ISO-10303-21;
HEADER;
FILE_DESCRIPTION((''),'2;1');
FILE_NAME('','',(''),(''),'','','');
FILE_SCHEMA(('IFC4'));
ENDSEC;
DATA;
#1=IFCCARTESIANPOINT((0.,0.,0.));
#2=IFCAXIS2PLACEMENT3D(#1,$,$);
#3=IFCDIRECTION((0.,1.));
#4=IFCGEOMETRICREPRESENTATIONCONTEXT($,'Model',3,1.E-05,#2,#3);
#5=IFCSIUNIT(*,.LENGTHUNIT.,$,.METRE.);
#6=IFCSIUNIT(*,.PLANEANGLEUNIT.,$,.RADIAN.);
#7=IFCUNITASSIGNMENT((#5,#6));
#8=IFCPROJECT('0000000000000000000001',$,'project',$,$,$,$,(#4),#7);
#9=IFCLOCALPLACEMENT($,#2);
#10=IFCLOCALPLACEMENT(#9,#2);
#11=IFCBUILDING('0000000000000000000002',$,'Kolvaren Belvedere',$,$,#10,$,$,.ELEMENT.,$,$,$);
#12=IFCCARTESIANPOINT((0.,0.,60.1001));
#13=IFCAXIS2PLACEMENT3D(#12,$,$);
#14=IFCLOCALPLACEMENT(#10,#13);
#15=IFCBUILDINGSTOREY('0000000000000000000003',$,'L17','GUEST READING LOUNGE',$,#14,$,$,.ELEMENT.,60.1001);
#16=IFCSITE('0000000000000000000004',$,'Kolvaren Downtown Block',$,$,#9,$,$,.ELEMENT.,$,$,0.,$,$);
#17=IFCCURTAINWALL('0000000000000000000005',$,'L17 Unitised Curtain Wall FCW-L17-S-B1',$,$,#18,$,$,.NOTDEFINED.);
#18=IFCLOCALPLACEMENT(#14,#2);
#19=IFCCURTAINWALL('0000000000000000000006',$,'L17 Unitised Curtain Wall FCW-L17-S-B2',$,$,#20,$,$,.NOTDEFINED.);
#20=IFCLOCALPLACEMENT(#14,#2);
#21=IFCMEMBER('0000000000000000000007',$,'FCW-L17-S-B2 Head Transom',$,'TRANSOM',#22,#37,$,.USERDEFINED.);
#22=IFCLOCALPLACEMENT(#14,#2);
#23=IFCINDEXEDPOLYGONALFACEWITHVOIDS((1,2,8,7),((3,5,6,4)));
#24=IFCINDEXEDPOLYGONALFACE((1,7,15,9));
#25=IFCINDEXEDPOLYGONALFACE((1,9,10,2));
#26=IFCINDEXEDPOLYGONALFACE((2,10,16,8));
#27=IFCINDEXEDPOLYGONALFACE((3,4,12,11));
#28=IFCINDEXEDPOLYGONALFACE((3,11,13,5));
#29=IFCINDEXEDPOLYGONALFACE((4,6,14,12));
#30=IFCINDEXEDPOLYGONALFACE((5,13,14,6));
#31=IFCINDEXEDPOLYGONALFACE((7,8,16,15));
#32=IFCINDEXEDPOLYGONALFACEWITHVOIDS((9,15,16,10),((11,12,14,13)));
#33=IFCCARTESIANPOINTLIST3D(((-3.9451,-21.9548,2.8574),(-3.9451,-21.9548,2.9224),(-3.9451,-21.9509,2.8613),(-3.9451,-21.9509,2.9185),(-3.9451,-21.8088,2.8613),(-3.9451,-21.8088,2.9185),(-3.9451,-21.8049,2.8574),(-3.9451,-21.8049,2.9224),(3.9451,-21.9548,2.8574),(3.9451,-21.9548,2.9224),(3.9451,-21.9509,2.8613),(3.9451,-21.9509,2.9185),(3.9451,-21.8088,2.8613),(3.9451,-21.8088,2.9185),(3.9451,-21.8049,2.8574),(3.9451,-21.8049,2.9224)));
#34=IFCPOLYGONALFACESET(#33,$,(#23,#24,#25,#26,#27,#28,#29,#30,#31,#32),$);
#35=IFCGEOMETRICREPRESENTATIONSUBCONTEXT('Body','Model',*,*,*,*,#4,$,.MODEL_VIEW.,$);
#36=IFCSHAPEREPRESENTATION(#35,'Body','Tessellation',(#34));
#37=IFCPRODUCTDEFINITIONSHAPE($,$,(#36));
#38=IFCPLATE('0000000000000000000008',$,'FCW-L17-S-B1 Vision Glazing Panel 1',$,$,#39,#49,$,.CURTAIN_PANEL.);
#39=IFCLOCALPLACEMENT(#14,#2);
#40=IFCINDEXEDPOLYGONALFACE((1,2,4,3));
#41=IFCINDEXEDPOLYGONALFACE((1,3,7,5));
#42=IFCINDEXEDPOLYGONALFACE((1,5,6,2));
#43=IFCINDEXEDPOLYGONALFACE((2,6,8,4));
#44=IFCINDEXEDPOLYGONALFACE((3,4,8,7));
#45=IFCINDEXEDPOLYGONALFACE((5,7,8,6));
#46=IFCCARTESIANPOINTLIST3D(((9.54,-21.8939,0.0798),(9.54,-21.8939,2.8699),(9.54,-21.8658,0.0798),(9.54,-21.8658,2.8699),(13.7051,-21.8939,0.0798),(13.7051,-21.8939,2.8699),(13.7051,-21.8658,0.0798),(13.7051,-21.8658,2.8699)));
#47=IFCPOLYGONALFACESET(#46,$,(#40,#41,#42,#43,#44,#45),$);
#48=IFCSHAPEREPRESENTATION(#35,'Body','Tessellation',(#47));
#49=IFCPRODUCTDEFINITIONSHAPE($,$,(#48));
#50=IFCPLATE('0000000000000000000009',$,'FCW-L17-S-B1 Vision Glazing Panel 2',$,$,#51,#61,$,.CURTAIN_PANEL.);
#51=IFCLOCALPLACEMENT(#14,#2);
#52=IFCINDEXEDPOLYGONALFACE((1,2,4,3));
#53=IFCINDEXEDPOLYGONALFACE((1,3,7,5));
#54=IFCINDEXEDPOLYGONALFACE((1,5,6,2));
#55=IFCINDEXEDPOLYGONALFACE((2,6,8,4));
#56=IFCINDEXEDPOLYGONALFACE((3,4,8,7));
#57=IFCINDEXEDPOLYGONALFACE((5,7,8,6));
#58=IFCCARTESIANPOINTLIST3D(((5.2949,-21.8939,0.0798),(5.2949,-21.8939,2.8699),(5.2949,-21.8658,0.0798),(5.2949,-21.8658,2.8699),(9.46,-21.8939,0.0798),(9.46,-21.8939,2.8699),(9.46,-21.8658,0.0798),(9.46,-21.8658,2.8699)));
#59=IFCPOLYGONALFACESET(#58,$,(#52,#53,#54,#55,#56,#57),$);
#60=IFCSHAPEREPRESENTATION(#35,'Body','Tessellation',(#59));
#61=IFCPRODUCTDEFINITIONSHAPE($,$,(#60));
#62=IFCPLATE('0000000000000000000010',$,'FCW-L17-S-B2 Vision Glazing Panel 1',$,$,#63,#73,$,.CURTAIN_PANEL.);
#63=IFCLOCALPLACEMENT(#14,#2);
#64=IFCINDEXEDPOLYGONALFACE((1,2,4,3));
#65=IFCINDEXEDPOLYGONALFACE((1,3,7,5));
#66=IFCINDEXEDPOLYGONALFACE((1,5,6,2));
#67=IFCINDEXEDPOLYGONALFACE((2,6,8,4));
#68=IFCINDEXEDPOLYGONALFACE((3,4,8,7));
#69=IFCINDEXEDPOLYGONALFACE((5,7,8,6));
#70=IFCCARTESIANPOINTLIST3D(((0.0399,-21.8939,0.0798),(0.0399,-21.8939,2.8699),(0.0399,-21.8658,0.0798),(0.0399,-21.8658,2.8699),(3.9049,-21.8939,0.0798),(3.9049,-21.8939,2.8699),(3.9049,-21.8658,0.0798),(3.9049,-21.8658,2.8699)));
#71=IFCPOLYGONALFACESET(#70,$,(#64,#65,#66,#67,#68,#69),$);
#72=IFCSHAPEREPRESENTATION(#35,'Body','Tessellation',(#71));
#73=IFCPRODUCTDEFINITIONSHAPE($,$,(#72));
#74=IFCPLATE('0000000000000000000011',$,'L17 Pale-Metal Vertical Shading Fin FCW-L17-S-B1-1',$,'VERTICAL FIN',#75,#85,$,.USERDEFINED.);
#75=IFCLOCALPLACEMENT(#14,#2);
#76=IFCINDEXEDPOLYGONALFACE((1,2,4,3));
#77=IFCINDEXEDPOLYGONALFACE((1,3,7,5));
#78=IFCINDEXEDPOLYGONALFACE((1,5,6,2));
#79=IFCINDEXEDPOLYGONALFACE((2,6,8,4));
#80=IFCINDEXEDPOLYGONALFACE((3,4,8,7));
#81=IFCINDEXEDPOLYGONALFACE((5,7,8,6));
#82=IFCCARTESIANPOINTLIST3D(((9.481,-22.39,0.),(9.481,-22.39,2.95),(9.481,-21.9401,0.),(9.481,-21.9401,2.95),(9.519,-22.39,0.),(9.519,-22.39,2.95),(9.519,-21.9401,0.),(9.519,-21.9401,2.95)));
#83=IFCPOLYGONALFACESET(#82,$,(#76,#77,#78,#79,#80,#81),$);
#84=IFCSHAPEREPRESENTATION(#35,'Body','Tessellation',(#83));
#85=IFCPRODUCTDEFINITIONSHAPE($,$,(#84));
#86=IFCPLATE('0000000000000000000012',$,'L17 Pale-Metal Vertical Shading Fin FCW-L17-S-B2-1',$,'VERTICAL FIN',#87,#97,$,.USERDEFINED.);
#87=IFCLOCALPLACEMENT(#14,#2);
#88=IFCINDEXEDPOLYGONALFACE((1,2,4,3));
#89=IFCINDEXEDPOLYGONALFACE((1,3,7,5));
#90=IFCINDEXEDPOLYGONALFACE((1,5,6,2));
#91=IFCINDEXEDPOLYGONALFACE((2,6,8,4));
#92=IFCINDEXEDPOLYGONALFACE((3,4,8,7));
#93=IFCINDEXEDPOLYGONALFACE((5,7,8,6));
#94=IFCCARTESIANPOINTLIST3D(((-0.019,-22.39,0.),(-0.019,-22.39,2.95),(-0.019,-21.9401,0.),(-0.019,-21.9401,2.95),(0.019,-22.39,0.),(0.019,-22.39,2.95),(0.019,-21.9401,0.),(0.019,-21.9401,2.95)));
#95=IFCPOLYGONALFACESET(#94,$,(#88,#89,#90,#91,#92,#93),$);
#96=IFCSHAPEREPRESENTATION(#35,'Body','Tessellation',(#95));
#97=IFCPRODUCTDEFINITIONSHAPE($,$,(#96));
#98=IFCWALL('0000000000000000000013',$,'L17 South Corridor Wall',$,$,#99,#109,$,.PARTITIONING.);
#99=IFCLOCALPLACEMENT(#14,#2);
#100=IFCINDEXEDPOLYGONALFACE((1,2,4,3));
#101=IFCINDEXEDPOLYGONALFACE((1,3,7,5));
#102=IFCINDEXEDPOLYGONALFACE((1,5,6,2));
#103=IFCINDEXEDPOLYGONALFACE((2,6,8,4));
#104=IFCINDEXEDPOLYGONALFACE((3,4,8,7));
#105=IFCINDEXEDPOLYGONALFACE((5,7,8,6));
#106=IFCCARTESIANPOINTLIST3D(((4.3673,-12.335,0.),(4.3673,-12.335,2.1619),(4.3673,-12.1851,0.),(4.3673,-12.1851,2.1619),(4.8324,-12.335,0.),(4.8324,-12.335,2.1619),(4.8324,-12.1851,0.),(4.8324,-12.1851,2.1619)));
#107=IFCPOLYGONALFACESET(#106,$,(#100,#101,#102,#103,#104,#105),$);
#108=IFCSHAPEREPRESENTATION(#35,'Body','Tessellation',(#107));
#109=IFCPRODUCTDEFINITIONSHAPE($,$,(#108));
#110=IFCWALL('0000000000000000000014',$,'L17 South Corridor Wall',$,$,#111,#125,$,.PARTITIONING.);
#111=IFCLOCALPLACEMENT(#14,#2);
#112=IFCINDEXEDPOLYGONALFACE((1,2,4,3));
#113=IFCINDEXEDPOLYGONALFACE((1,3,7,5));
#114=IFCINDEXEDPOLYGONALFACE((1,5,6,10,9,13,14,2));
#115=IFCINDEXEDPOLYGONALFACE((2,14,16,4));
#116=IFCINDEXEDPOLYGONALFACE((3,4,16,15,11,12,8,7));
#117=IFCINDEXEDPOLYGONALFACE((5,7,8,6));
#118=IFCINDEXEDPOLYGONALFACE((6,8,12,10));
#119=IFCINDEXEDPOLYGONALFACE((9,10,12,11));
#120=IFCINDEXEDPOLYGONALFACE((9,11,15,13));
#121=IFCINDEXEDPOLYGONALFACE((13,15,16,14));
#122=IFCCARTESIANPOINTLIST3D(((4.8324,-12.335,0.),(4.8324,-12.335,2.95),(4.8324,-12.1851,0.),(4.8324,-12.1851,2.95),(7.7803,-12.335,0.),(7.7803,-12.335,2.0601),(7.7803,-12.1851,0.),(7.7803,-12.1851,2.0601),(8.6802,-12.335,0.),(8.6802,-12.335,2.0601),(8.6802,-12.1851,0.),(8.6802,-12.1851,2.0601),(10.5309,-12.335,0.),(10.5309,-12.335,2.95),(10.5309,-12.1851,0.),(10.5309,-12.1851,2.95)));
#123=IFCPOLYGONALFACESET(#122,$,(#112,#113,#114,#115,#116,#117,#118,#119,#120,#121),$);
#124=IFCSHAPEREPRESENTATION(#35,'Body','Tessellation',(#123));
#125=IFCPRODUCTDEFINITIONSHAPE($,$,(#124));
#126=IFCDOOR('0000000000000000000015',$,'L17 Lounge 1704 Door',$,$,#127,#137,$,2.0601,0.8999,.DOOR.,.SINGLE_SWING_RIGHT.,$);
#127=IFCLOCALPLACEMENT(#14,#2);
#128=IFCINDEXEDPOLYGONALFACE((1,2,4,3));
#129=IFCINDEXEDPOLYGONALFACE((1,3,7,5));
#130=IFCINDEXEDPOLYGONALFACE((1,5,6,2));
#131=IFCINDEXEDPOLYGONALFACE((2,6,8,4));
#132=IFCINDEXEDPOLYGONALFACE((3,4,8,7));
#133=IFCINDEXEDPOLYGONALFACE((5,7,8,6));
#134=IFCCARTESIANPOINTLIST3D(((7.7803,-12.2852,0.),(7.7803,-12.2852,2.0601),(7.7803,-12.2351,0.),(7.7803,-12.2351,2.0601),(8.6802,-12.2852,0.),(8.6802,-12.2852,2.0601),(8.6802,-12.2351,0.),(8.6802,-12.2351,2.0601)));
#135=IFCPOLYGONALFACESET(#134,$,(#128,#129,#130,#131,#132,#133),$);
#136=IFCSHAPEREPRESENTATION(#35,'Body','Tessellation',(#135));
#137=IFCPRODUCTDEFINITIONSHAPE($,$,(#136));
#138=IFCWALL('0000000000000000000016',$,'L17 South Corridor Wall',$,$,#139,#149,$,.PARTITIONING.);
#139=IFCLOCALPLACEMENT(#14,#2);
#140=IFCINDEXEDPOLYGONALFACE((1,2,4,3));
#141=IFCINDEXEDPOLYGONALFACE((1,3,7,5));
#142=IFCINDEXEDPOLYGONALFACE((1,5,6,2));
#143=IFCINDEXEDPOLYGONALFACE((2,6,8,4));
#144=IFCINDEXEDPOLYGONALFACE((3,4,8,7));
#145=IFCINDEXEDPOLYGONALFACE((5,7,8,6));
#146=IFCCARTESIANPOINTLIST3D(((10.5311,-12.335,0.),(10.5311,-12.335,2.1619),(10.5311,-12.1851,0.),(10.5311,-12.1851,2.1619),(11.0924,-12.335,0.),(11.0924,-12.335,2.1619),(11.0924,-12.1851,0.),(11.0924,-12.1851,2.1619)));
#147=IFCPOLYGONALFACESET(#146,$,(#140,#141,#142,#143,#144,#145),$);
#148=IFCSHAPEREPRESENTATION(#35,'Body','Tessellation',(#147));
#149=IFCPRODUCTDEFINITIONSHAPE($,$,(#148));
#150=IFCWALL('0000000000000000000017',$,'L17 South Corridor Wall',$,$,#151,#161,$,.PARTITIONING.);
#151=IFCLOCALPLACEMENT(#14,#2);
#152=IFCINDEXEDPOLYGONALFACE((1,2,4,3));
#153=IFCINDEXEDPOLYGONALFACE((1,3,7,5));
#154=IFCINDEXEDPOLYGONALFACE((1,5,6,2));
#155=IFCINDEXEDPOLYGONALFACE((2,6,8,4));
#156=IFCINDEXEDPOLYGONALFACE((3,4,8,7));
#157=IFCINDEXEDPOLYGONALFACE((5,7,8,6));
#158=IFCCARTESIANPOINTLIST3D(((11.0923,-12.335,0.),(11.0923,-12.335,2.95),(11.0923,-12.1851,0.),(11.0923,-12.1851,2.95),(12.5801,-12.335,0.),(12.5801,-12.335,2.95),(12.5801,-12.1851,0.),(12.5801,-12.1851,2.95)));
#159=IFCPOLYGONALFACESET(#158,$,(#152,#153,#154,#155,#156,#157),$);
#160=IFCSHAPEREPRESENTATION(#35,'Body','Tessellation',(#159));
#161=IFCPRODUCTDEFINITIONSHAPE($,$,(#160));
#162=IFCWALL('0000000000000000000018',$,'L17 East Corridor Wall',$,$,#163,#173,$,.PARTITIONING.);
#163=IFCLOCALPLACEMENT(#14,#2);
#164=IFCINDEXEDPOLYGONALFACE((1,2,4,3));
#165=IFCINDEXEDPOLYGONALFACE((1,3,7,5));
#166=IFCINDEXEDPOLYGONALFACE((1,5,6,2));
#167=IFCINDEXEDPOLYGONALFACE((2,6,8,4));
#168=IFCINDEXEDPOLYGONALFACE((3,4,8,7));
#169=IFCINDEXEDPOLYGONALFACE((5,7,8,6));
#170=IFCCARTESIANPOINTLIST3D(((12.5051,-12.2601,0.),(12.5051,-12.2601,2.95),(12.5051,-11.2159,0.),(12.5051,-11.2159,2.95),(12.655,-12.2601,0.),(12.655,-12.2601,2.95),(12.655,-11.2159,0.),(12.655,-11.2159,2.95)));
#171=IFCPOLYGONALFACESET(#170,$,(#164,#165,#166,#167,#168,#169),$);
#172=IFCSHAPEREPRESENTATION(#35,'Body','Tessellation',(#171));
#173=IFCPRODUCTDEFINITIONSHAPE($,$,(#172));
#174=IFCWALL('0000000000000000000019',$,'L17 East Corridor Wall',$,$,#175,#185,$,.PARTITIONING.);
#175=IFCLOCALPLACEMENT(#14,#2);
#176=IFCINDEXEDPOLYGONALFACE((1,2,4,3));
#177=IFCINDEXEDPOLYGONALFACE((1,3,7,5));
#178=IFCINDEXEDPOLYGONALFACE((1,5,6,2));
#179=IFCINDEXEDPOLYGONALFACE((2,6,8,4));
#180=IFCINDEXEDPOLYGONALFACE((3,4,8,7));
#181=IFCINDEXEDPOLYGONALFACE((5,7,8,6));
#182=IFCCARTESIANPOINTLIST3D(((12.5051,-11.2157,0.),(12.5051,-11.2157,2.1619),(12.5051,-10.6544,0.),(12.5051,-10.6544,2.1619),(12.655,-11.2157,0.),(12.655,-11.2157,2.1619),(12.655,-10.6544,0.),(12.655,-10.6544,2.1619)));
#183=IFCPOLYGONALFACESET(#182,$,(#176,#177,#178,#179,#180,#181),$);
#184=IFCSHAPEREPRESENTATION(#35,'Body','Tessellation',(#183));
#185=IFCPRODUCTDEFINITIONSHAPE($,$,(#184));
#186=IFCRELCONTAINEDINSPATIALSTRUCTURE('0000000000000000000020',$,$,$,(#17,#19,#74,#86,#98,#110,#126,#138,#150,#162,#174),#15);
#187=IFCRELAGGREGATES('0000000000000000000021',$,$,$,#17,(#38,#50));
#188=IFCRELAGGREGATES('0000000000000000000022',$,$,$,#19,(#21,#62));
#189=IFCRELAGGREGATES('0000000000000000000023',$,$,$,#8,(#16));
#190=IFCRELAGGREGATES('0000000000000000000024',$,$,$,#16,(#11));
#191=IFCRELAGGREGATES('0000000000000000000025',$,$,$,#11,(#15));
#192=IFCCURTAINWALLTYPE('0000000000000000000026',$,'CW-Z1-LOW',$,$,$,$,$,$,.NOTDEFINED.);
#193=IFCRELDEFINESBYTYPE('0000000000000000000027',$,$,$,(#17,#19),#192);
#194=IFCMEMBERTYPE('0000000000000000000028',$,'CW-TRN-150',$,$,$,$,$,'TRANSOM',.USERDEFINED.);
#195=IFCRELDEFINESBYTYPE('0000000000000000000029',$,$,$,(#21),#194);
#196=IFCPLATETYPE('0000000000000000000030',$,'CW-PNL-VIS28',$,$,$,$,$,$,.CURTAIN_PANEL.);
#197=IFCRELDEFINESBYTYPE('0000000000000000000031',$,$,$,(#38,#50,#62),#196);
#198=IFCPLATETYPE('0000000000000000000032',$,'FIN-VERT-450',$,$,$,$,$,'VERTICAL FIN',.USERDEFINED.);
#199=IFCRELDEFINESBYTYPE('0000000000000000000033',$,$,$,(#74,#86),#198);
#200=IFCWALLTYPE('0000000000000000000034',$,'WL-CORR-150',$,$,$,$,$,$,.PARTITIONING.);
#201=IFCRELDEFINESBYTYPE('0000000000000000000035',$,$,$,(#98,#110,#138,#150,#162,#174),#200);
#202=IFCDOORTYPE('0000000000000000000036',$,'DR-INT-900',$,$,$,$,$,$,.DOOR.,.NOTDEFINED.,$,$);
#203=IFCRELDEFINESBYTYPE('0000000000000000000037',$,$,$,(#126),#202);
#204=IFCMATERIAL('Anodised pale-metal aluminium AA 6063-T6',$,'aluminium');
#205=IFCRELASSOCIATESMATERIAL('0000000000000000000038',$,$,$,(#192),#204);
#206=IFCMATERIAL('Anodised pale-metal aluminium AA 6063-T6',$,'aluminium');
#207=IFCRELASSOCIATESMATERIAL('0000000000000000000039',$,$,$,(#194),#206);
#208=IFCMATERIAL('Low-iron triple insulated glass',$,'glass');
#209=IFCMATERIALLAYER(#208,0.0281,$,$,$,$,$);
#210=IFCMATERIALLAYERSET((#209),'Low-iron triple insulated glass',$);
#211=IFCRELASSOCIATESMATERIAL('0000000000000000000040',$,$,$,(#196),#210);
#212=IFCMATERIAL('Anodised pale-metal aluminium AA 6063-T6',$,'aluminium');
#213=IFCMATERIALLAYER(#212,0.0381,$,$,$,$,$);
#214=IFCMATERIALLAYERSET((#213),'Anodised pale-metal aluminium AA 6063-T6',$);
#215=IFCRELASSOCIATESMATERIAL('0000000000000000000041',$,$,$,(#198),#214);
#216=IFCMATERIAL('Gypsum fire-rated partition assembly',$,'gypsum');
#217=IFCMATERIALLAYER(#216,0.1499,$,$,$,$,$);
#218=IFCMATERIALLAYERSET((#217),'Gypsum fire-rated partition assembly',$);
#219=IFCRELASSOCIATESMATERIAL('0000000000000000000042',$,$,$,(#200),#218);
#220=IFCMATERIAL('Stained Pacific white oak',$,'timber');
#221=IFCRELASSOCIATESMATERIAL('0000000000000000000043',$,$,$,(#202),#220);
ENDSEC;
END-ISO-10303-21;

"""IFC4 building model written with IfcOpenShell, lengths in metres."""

from ifc_helpers import new_model, si_unit, direction, frame, frame_2d, origin, origin_2d, place, context, subcontext, project, spatial, rectangle, hollow_rectangle, extrude, material, layer, layer_set, material_profile, profile_set, type_object, element, fill, aggregate, save


model = new_model("IFC4")

# Units and contexts
model_context = context("Model", 3, precision=1e-05, world=origin(), true_north=direction((0.0, 1.0)))
body_context = subcontext(model_context, "Body", "Model", "MODEL_VIEW")
ifc_project = project(units=[si_unit("LENGTHUNIT", "METRE"), si_unit("PLANEANGLEUNIT", "RADIAN")], contexts=[model_context])

# Site, building, storey
site_placement = place(None, origin())
site = spatial("IfcSite", under=ifc_project, at=site_placement, Name="Kolvaren Downtown Block", CompositionType="ELEMENT", RefElevation=0.0)
building_placement = place(site_placement, origin())
building = spatial("IfcBuilding", under=site, at=building_placement, Name="Kolvaren Belvedere", CompositionType="ELEMENT")
storey_placement = place(building_placement, frame((0.0, 0.0, 60.1001)))
storey = spatial("IfcBuildingStorey", under=building, at=storey_placement, Name="L17", Description="GUEST READING LOUNGE", CompositionType="ELEMENT", Elevation=60.1001)

# Curtain walls, member
ifc_material_1 = material(Name="Anodised pale-metal aluminium AA 6063-T6", Category="aluminium")
curtain_wall_type = type_object("IfcCurtainWallType", Name="CW-Z1-LOW", PredefinedType="NOTDEFINED", material=ifc_material_1)
curtain_wall_1_placement = place(storey_placement, origin())
curtain_wall_1 = element("IfcCurtainWall", 1, at=curtain_wall_1_placement, inside=storey, type_object=curtain_wall_type, Name="L17 Unitised Curtain Wall FCW-L17-S-B1", PredefinedType="NOTDEFINED")
curtain_wall_2_placement = place(storey_placement, origin())
curtain_wall_2 = element("IfcCurtainWall", 2, at=curtain_wall_2_placement, inside=storey, type_object=curtain_wall_type, Name="L17 Unitised Curtain Wall FCW-L17-S-B2", PredefinedType="NOTDEFINED")
ifc_material_2 = material(Name="Anodised pale-metal aluminium AA 6063-T6", Category="aluminium")
ifc_material_profile_1 = material_profile(ifc_material_2, hollow_rectangle(XDim=0.0649, YDim=0.1499, WallThickness=0.0039, at=origin_2d()), Name="ALU-TRN-150X65")
ifc_profile_set_1 = profile_set([ifc_material_profile_1], Name="Anodised pale-metal aluminium AA 6063-T6")
member_type_1 = type_object("IfcMemberType", Name="CW-TRN-150", ElementType="TRANSOM", PredefinedType="USERDEFINED", material=ifc_profile_set_1)
member_1_placement = place(storey_placement, frame((3.9451, -21.8799, 2.8899), z_axis=(-1.0, 0.0, 0.0), x_axis=(0.0, 0.0, 1.0)))
member_1 = element("IfcMember", 3, at=member_1_placement, type_object=member_type_1, Name="FCW-L17-S-B2 Head Transom", ObjectType="TRANSOM", PredefinedType="USERDEFINED", context=body_context, shape_type="SweptSolid", body=[
    extrude(hollow_rectangle(XDim=0.0649, YDim=0.1499, WallThickness=0.0039, at=origin_2d()), origin(), (0.0, 0.0, 1.0), 7.8901),
])

# Plates
ifc_material_3 = material(Name="Low-iron triple insulated glass", Category="glass")
ifc_layer_1 = layer(ifc_material_3, 0.0281)
ifc_layer_set_1 = layer_set([ifc_layer_1], Name="Low-iron triple insulated glass")
plate_type_1 = type_object("IfcPlateType", Name="CW-PNL-VIS28", PredefinedType="CURTAIN_PANEL", material=ifc_layer_set_1)
plate_1_placement = place(storey_placement, frame((11.6226, -21.8799, 0.0798), z_axis=(0.0, 0.0, 1.0), x_axis=(-1.0, 0.0, 0.0)))
plate_1 = element("IfcPlate", 4, at=plate_1_placement, type_object=plate_type_1, Name="FCW-L17-S-B1 Vision Glazing Panel 1", PredefinedType="CURTAIN_PANEL", context=body_context, shape_type="SweptSolid", body=[
    extrude(rectangle(XDim=4.165, YDim=0.0281, at=origin_2d()), origin(), (0.0, 0.0, 1.0), 2.79),
])
plate_2_placement = place(storey_placement, frame((7.3774, -21.8799, 0.0798), z_axis=(0.0, 0.0, 1.0), x_axis=(-1.0, 0.0, 0.0)))
plate_2 = element("IfcPlate", 5, at=plate_2_placement, type_object=plate_type_1, Name="FCW-L17-S-B1 Vision Glazing Panel 2", PredefinedType="CURTAIN_PANEL", context=body_context, shape_type="SweptSolid", body=[
    extrude(rectangle(XDim=4.165, YDim=0.0281, at=origin_2d()), origin(), (0.0, 0.0, 1.0), 2.79),
])
aggregate(curtain_wall_1, [plate_1, plate_2])
plate_3_placement = place(storey_placement, frame((1.9724, -21.8799, 0.0798), z_axis=(0.0, 0.0, 1.0), x_axis=(-1.0, 0.0, 0.0)))
plate_3 = element("IfcPlate", 6, at=plate_3_placement, type_object=plate_type_1, Name="FCW-L17-S-B2 Vision Glazing Panel 1", PredefinedType="CURTAIN_PANEL", context=body_context, shape_type="SweptSolid", body=[
    extrude(rectangle(XDim=3.865, YDim=0.0281, at=origin_2d()), origin(), (0.0, 0.0, 1.0), 2.79),
])
aggregate(curtain_wall_2, [member_1, plate_3])

# Plates
ifc_material_4 = material(Name="Anodised pale-metal aluminium AA 6063-T6", Category="aluminium")
ifc_layer_2 = layer(ifc_material_4, 0.0381)
ifc_layer_set_2 = layer_set([ifc_layer_2], Name="Anodised pale-metal aluminium AA 6063-T6")
plate_type_2 = type_object("IfcPlateType", Name="FIN-VERT-450", ElementType="VERTICAL FIN", PredefinedType="USERDEFINED", material=ifc_layer_set_2)
for number, where, z_axis, x_axis, name in (
    (7, (9.5, -22.165, 0.0), (0.0, 0.0, 1.0), (0.0, 1.0, 0.0), "L17 Pale-Metal Vertical Shading Fin FCW-L17-S-B1-1"),
    (8, (0.0, -22.165, 0.0), (0.0, 0.0, 1.0), (0.0, 1.0, 0.0), "L17 Pale-Metal Vertical Shading Fin FCW-L17-S-B2-1"),
):
    element("IfcPlate", number, at=place(storey_placement, frame(where, z_axis=z_axis, x_axis=x_axis)), inside=storey, type_object=plate_type_2, Name=name, ObjectType="VERTICAL FIN", PredefinedType="USERDEFINED", context=body_context, shape_type="SweptSolid", body=[
        extrude(rectangle(XDim=0.45, YDim=0.0381, at=origin_2d()), origin(), (0.0, 0.0, 1.0), 2.95),
    ])

# Wall
ifc_material_5 = material(Name="Gypsum fire-rated partition assembly", Category="gypsum")
ifc_layer_3 = layer(ifc_material_5, 0.1499)
ifc_layer_set_3 = layer_set([ifc_layer_3], Name="Gypsum fire-rated partition assembly")
wall_type_1 = type_object("IfcWallType", Name="WL-CORR-150", PredefinedType="PARTITIONING", material=ifc_layer_set_3)
wall_1_placement = place(storey_placement, frame((4.3674, -12.26, 0.0), z_axis=(0.0, 0.0, 1.0), x_axis=(1.0, 0.0, 0.0)))
element("IfcWall", 9, at=wall_1_placement, inside=storey, type_object=wall_type_1, Name="L17 South Corridor Wall", PredefinedType="PARTITIONING", context=body_context, shape_type="SweptSolid", body=[
    extrude(rectangle(XDim=0.4651, YDim=0.1499, at=frame_2d((0.2324, 0.0))), origin(), (0.0, 0.0, 1.0), 2.1619),
])

# Wall, opening, door
wall_2_placement = place(storey_placement, frame((4.8325, -12.26, 0.0), z_axis=(0.0, 0.0, 1.0), x_axis=(1.0, 0.0, 0.0)))
wall_2 = element("IfcWall", 10, at=wall_2_placement, inside=storey, type_object=wall_type_1, Name="L17 South Corridor Wall", PredefinedType="PARTITIONING", context=body_context, shape_type="SweptSolid", body=[
    extrude(rectangle(XDim=5.6985, YDim=0.1499, at=frame_2d((2.8491, 0.0))), origin(), (0.0, 0.0, 1.0), 2.95),
])
opening_placement = place(wall_2_placement, frame((2.9478, 0.0, 0.0)))
opening = element("IfcOpeningElement", 11, at=opening_placement, cuts=wall_2, PredefinedType="OPENING", context=body_context, shape_type="SweptSolid", body=[
    extrude(rectangle(XDim=0.8999, YDim=2.0601, at=frame_2d((0.45, 1.03))), frame((0.0, 0.085, 0.0), z_axis=(0.0, -1.0, 0.0), x_axis=(1.0, 0.0, 0.0)), (0.0, 0.0, 1.0), 0.1699),
])
ifc_material_6 = material(Name="Stained Pacific white oak", Category="timber")
door_type = type_object("IfcDoorType", Name="DR-INT-900", OperationType="NOTDEFINED", PredefinedType="DOOR", material=ifc_material_6)
door_placement = place(opening_placement, origin())
door = element("IfcDoor", 12, at=door_placement, inside=storey, type_object=door_type, Name="L17 Lounge 1704 Door", OperationType="SINGLE_SWING_RIGHT", OverallHeight=2.0601, OverallWidth=0.8999, PredefinedType="DOOR", context=body_context, shape_type="SweptSolid", body=[
    extrude(rectangle(XDim=0.8999, YDim=2.0601, at=frame_2d((0.45, 1.03))), frame((0.0, 0.0249, 0.0), z_axis=(0.0, -1.0, 0.0), x_axis=(1.0, 0.0, 0.0)), (0.0, 0.0, 1.0), 0.05),
])
fill(opening, door)

# Walls
wall_3_placement = place(storey_placement, frame((10.531, -12.26, 0.0), z_axis=(0.0, 0.0, 1.0), x_axis=(1.0, 0.0, 0.0)))
element("IfcWall", 13, at=wall_3_placement, inside=storey, type_object=wall_type_1, Name="L17 South Corridor Wall", PredefinedType="PARTITIONING", context=body_context, shape_type="SweptSolid", body=[
    extrude(rectangle(XDim=0.5613, YDim=0.1499, at=frame_2d((0.2808, 0.0))), origin(), (0.0, 0.0, 1.0), 2.1619),
])
wall_4_placement = place(storey_placement, frame((11.0923, -12.26, 0.0), z_axis=(0.0, 0.0, 1.0), x_axis=(1.0, 0.0, 0.0)))
element("IfcWall", 14, at=wall_4_placement, inside=storey, type_object=wall_type_1, Name="L17 South Corridor Wall", PredefinedType="PARTITIONING", context=body_context, shape_type="SweptSolid", body=[
    extrude(rectangle(XDim=1.4878, YDim=0.1499, at=frame_2d((0.7439, 0.0))), origin(), (0.0, 0.0, 1.0), 2.95),
])
wall_5_placement = place(storey_placement, frame((12.5801, -12.26, 0.0), z_axis=(0.0, 0.0, 1.0), x_axis=(0.0, 1.0, 0.0)))
element("IfcWall", 15, at=wall_5_placement, inside=storey, type_object=wall_type_1, Name="L17 East Corridor Wall", PredefinedType="PARTITIONING", context=body_context, shape_type="SweptSolid", body=[
    extrude(rectangle(XDim=1.0442, YDim=0.1499, at=frame_2d((0.522, 0.0))), origin(), (0.0, 0.0, 1.0), 2.95),
])
wall_6_placement = place(storey_placement, frame((12.5801, -11.2158, 0.0), z_axis=(0.0, 0.0, 1.0), x_axis=(0.0, 1.0, 0.0)))
element("IfcWall", 16, at=wall_6_placement, inside=storey, type_object=wall_type_1, Name="L17 East Corridor Wall", PredefinedType="PARTITIONING", context=body_context, shape_type="SweptSolid", body=[
    extrude(rectangle(XDim=0.5613, YDim=0.1499, at=frame_2d((0.2808, 0.0))), origin(), (0.0, 0.0, 1.0), 2.1619),
])

save(model, "model.ifc")
